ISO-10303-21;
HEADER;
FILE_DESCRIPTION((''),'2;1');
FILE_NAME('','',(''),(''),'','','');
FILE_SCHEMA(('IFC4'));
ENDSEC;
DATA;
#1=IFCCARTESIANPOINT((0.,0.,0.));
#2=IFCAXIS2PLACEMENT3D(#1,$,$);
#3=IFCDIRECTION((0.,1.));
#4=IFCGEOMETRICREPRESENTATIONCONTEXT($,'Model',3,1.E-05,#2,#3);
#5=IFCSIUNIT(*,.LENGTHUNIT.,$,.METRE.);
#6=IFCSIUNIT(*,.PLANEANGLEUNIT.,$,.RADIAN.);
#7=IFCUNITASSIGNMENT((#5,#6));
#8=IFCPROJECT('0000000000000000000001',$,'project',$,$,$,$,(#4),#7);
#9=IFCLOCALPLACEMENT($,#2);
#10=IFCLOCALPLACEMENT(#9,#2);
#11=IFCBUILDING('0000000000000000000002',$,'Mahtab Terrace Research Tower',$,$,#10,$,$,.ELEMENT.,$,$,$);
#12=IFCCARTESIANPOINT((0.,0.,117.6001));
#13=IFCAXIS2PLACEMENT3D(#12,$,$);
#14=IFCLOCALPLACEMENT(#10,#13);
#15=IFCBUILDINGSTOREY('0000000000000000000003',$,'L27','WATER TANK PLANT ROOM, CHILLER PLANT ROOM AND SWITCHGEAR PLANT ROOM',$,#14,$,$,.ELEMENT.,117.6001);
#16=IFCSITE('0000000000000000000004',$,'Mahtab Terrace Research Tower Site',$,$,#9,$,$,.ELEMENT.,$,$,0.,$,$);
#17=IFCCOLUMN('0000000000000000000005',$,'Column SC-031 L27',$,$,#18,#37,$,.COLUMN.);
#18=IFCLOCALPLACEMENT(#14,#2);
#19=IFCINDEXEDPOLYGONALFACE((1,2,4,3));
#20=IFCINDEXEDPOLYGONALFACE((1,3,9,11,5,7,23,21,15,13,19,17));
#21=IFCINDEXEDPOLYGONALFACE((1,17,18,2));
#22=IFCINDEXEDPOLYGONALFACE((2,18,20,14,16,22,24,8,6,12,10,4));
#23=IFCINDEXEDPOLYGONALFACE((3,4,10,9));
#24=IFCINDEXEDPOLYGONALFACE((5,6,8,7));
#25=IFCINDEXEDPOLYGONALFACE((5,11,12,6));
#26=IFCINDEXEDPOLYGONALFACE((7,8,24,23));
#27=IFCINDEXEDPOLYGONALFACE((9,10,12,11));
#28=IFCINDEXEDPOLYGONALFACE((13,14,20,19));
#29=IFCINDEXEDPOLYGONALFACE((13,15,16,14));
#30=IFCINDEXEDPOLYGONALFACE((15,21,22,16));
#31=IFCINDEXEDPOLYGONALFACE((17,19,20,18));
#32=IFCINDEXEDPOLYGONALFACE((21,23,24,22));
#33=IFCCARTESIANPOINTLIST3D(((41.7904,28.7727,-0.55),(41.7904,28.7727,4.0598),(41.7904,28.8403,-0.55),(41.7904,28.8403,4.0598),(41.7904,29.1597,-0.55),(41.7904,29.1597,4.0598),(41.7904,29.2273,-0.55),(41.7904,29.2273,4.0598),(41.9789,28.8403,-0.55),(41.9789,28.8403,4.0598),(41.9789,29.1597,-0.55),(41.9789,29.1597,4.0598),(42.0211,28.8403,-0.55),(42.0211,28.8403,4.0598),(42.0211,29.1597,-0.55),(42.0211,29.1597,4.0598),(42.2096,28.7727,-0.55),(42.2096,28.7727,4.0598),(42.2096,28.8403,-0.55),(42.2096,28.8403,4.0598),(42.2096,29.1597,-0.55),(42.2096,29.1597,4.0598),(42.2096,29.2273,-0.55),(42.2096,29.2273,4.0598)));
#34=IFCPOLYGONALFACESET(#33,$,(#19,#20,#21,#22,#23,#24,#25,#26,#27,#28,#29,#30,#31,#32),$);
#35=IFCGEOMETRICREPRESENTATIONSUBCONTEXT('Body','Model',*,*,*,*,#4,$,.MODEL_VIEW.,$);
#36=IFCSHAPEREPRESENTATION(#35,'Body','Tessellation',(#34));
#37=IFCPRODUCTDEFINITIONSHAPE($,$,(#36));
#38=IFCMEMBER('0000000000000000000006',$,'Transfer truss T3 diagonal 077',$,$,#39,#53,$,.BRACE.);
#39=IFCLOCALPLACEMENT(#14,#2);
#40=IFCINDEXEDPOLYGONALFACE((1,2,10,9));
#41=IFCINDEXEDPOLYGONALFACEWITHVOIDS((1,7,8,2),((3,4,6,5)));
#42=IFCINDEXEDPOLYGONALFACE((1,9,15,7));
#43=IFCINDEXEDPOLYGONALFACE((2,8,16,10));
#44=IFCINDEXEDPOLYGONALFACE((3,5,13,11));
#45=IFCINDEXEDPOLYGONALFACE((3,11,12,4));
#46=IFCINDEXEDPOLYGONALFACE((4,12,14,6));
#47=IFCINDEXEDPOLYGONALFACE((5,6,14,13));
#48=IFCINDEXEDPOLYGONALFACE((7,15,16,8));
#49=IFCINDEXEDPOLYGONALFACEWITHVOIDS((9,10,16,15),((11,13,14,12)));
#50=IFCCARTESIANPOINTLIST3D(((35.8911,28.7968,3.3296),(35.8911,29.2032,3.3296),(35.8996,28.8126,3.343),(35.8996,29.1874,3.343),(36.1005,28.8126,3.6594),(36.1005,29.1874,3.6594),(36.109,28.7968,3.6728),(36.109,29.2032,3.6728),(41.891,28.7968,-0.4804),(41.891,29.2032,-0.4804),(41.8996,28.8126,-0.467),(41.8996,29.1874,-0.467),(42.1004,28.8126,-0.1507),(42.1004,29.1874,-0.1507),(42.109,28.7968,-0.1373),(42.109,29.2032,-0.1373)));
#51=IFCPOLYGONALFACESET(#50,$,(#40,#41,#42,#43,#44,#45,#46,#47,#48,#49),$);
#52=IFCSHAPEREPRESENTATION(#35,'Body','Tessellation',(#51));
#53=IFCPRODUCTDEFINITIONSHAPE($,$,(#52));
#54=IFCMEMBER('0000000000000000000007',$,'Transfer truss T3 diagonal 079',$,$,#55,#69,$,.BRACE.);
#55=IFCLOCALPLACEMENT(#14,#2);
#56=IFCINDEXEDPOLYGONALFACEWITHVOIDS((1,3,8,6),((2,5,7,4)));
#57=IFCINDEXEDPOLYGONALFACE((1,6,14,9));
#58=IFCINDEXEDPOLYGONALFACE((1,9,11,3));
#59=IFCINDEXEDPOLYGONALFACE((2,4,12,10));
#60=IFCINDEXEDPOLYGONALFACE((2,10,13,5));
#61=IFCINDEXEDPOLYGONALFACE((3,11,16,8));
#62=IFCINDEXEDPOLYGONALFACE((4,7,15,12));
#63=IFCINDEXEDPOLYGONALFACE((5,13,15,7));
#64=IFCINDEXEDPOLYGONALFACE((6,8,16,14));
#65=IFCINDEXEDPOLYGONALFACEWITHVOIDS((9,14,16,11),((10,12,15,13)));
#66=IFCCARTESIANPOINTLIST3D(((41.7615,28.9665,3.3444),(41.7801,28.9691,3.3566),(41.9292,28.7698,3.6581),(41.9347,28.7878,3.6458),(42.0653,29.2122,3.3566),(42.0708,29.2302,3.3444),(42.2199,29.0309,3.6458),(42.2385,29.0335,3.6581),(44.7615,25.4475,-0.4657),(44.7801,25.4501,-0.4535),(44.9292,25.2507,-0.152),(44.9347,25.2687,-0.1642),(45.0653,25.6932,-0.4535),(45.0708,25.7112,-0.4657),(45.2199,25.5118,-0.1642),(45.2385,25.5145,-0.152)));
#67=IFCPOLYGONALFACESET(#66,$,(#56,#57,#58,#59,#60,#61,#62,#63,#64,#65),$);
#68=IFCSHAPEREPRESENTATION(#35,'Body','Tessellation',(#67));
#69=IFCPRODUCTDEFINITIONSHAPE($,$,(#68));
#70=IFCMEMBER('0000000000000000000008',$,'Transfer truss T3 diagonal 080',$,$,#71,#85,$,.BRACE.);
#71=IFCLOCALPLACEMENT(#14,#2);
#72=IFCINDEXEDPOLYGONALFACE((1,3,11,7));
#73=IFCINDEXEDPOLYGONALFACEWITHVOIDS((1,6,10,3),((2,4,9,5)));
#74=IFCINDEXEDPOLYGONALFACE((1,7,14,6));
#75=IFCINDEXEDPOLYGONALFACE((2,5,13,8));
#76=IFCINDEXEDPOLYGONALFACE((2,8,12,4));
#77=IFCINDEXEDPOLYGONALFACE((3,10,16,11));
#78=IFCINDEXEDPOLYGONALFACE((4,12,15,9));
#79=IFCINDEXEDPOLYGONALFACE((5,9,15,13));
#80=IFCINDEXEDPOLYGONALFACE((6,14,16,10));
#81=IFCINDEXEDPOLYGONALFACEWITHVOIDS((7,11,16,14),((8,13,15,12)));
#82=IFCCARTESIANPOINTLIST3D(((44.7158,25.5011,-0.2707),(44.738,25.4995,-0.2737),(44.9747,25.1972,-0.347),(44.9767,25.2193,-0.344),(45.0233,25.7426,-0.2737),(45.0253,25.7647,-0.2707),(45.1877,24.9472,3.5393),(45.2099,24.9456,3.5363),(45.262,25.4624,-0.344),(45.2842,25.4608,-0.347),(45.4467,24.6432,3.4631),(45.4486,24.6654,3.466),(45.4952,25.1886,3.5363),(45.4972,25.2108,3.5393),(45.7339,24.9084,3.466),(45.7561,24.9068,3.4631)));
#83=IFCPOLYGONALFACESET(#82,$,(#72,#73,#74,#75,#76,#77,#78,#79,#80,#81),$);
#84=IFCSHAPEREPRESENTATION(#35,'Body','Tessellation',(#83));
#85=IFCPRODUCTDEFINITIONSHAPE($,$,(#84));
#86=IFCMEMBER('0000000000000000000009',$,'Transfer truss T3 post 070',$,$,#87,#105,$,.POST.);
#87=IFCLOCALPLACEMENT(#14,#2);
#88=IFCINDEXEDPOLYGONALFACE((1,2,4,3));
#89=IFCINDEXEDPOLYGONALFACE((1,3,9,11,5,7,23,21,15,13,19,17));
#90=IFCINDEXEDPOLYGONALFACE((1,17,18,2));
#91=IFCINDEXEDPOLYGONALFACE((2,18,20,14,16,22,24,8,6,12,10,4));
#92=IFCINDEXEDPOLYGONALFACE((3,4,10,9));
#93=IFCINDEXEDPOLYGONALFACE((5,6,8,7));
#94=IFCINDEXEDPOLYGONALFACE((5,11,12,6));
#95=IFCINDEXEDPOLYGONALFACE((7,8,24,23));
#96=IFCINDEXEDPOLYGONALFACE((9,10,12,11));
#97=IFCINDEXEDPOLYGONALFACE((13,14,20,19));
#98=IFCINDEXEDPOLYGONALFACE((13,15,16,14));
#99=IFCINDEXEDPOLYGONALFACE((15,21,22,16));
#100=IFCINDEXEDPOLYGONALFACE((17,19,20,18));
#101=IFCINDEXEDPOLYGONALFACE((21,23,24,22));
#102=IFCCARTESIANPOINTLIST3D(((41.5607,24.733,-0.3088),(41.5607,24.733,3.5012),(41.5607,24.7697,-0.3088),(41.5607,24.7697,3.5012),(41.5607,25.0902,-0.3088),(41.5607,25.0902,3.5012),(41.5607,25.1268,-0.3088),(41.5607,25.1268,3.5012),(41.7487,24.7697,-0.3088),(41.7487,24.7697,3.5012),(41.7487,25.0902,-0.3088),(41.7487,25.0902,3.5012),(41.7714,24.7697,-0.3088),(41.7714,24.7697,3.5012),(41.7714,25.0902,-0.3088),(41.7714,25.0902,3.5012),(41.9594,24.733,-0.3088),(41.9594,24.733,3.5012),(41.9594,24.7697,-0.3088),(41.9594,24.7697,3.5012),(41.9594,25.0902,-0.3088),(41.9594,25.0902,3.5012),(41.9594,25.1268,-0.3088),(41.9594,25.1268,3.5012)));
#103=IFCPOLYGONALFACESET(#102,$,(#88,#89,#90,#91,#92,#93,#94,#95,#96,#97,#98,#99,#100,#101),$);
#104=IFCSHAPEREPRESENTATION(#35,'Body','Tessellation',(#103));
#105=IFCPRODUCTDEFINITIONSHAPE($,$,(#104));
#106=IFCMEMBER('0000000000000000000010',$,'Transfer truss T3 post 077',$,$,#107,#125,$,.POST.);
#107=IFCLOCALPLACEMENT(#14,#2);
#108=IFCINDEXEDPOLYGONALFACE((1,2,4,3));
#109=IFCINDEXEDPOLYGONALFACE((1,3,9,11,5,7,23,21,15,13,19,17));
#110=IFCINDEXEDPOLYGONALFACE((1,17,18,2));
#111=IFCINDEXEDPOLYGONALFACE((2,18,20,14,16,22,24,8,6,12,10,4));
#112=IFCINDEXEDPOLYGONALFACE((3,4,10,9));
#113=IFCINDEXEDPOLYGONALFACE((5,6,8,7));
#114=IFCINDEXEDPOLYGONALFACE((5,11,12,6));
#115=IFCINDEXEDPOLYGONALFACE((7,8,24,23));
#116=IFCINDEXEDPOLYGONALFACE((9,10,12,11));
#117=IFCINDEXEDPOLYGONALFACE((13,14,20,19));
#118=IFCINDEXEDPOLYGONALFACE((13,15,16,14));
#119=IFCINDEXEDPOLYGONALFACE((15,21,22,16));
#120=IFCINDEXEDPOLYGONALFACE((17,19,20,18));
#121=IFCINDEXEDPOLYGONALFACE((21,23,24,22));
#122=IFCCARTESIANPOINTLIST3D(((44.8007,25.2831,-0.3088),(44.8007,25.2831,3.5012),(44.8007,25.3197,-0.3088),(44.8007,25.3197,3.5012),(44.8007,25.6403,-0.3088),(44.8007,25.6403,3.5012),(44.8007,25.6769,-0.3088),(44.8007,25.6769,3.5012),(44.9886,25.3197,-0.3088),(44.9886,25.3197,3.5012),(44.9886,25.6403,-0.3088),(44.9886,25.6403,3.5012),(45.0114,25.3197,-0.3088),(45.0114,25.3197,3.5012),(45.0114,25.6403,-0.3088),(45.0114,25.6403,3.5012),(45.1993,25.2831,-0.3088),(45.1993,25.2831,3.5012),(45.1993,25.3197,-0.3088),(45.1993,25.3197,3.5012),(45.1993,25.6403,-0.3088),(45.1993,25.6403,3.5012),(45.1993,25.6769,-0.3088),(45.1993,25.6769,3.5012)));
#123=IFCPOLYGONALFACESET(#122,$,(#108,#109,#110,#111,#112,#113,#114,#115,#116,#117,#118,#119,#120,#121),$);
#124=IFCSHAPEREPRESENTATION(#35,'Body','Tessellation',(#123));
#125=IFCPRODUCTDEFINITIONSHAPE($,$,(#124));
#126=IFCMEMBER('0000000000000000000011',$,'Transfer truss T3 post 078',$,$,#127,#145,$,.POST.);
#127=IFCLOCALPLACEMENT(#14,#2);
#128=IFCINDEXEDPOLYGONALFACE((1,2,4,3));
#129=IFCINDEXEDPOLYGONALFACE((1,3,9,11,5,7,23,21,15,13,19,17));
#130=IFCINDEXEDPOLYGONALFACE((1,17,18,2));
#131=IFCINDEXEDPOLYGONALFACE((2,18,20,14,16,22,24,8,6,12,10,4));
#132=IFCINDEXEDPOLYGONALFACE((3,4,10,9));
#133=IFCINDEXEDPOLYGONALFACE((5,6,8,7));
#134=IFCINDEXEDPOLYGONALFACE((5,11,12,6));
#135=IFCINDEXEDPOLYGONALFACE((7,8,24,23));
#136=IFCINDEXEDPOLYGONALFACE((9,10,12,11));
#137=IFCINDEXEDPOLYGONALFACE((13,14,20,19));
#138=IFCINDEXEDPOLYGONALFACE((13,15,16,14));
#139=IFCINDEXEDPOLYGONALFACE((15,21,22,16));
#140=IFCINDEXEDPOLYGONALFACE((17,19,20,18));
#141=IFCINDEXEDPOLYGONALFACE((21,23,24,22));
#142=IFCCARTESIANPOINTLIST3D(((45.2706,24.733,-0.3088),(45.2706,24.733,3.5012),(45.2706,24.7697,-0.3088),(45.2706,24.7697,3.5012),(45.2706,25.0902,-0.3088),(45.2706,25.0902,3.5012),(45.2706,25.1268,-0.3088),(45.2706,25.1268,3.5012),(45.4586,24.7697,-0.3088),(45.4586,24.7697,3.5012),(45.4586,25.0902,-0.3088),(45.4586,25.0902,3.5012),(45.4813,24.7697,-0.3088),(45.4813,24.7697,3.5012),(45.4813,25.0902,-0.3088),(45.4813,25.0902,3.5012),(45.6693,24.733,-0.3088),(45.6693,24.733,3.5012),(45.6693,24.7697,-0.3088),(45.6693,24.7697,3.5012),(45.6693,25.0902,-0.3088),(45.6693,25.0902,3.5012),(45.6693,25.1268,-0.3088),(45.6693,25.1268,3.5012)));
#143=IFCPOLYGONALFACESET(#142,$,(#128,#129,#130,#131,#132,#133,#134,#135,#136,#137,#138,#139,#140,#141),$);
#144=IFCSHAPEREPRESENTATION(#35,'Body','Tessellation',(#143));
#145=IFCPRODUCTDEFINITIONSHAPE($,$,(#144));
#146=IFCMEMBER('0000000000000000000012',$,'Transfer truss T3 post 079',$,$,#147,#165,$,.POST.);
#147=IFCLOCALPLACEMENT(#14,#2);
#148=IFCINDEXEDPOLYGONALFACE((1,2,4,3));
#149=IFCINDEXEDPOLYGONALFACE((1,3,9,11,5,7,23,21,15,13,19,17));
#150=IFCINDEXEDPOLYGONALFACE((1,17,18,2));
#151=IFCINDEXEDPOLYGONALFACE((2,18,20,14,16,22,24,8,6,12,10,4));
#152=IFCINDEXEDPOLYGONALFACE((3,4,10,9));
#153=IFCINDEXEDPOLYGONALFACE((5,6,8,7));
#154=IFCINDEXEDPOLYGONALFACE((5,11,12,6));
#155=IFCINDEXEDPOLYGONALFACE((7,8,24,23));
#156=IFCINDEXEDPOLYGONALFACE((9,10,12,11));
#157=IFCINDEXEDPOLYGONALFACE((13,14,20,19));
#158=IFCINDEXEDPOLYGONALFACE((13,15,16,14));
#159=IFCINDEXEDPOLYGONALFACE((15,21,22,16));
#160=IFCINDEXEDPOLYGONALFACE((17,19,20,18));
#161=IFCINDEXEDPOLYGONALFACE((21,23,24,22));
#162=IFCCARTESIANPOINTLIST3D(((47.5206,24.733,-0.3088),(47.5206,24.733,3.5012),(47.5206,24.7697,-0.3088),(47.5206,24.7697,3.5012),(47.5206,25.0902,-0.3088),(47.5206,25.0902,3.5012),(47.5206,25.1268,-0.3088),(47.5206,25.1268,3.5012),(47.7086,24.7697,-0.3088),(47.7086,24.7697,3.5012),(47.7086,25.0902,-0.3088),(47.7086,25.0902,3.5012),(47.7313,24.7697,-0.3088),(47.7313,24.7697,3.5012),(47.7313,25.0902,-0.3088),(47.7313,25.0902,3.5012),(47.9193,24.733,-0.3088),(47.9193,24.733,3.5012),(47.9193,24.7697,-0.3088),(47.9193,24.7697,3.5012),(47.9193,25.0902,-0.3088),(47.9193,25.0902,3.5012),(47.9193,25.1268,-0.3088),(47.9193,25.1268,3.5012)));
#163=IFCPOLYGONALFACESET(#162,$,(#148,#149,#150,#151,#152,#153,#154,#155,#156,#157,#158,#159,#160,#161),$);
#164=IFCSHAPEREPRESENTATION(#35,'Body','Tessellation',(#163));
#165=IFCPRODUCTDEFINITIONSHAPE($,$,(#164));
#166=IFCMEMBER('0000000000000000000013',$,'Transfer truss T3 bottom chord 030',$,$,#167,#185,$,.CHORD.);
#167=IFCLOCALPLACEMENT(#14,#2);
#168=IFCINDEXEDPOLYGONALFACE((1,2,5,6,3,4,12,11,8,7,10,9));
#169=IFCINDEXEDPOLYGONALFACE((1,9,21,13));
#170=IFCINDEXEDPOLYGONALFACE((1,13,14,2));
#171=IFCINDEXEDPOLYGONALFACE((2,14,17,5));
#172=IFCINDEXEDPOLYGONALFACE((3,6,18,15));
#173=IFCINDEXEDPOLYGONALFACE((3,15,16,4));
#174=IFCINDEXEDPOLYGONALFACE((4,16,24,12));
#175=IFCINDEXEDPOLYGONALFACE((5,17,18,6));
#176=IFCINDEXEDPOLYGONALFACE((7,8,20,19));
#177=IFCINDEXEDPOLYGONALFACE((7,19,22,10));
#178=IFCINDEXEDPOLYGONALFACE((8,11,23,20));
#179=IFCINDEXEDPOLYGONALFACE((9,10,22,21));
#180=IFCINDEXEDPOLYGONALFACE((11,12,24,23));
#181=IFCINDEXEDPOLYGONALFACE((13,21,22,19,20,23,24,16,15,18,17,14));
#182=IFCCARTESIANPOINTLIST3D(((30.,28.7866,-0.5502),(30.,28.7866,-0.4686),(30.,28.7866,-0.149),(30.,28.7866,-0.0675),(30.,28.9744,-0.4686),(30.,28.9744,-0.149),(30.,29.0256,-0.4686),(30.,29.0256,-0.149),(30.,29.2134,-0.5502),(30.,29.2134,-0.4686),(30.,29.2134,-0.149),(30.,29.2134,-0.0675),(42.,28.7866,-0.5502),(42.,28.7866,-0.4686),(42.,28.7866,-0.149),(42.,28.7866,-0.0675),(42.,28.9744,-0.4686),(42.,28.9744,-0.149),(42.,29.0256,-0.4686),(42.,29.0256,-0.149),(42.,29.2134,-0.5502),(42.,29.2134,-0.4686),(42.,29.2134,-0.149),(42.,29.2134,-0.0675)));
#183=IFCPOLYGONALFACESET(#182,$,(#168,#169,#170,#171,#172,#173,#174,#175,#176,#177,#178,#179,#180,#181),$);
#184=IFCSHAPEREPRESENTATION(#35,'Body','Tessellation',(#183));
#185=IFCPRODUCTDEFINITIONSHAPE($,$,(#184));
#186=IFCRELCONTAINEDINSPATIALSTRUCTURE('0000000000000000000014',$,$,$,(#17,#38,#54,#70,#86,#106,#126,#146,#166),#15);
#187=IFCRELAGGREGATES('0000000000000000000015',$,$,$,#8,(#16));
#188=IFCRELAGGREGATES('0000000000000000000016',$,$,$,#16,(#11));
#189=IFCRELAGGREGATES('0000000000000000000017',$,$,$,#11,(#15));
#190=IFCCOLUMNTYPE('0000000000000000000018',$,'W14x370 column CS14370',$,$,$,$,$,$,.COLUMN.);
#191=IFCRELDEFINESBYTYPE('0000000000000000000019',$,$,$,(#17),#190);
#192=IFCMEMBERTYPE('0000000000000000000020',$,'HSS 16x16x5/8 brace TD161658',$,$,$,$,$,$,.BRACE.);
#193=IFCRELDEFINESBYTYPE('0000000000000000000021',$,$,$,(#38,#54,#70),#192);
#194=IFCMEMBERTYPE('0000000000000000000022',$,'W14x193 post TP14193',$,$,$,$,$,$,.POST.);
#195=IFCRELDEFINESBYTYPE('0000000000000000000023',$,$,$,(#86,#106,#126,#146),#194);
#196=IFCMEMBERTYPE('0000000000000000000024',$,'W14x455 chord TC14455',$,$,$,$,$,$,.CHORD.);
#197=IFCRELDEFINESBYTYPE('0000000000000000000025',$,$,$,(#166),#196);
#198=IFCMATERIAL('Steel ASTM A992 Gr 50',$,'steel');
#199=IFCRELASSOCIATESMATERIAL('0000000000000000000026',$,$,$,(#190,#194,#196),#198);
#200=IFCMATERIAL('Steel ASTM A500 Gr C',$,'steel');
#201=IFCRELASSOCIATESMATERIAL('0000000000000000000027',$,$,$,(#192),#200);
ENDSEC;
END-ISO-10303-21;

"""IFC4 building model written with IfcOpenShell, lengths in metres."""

from ifc_helpers import new_model, si_unit, direction, frame, origin, origin_2d, place, context, subcontext, project, spatial, hollow_rectangle, i_section, extrude, material, material_profile, profile_set, type_object, element, save


model = new_model("IFC4")

# Units and contexts
model_context = context("Model", 3, precision=1e-05, world=origin(), true_north=direction((0.0, 1.0)))
body_context = subcontext(model_context, "Body", "Model", "MODEL_VIEW")
ifc_project = project(units=[si_unit("LENGTHUNIT", "METRE"), si_unit("PLANEANGLEUNIT", "RADIAN")], contexts=[model_context])

# Site, building, storey
site_placement = place(None, origin())
site = spatial("IfcSite", under=ifc_project, at=site_placement, Name="Mahtab Terrace Research Tower Site", CompositionType="ELEMENT", RefElevation=0.0)
building_placement = place(site_placement, origin())
building = spatial("IfcBuilding", under=site, at=building_placement, Name="Mahtab Terrace Research Tower", CompositionType="ELEMENT")
storey_placement = place(building_placement, frame((0.0, 0.0, 117.6001)))
storey = spatial("IfcBuildingStorey", under=building, at=storey_placement, Name="L27", Description="WATER TANK PLANT ROOM, CHILLER PLANT ROOM AND SWITCHGEAR PLANT ROOM", CompositionType="ELEMENT", Elevation=117.6001)

# Column
ifc_material_1 = material(Name="Steel ASTM A992 Gr 50", Category="steel")
ifc_material_profile_1 = material_profile(ifc_material_1, i_section(OverallWidth=0.4192, OverallDepth=0.4546, WebThickness=0.0422, FlangeThickness=0.0676, at=origin_2d()), Name="W14X370")
ifc_profile_set_1 = profile_set([ifc_material_profile_1], Name="Steel ASTM A992 Gr 50")
column_type = type_object("IfcColumnType", Name="W14x370 column CS14370", PredefinedType="COLUMN", material=ifc_profile_set_1)
column_placement = place(storey_placement, frame((42.0, 29.0, -0.55), z_axis=(0.0, 0.0, 1.0), x_axis=(1.0, 0.0, 0.0)))
element("IfcColumn", 1, at=column_placement, inside=storey, type_object=column_type, Name="Column SC-031 L27", PredefinedType="COLUMN", context=body_context, shape_type="SweptSolid", body=[
    extrude(i_section(OverallWidth=0.4192, OverallDepth=0.4546, WebThickness=0.0422, FlangeThickness=0.0676, at=origin_2d()), origin(), (0.0, 0.0, 1.0), 4.6099),
])

# Members
ifc_material_2 = material(Name="Steel ASTM A500 Gr C", Category="steel")
ifc_material_profile_2 = material_profile(ifc_material_2, hollow_rectangle(XDim=0.4065, YDim=0.4065, WallThickness=0.0159, at=origin_2d()), Name="HSS16X16X5/8")
ifc_profile_set_2 = profile_set([ifc_material_profile_2], Name="Steel ASTM A500 Gr C")
member_type_1 = type_object("IfcMemberType", Name="HSS 16x16x5/8 brace TD161658", PredefinedType="BRACE", material=ifc_profile_set_2)
member_1_placement = place(storey_placement, frame((42.0, 29.0, -0.3088), z_axis=(-0.844179, 0.0, 0.536062), x_axis=(0.0, -1.0, 0.0)))
element("IfcMember", 2, at=member_1_placement, inside=storey, type_object=member_type_1, Name="Transfer truss T3 diagonal 077", PredefinedType="BRACE", context=body_context, shape_type="SweptSolid", body=[
    extrude(hollow_rectangle(XDim=0.4065, YDim=0.4065, WallThickness=0.0159, at=origin_2d()), origin(), (0.0, 0.0, 1.0), 7.1074),
])
member_2_placement = place(storey_placement, frame((45.0, 25.481, -0.3088), z_axis=(-0.500694, 0.587322, 0.635892), x_axis=(-0.760998, -0.648754, 0.0)))
element("IfcMember", 3, at=member_2_placement, inside=storey, type_object=member_type_1, Name="Transfer truss T3 diagonal 079", PredefinedType="BRACE", context=body_context, shape_type="SweptSolid", body=[
    extrude(hollow_rectangle(XDim=0.4065, YDim=0.4065, WallThickness=0.0159, at=origin_2d()), origin(), (0.0, 0.0, 1.0), 5.9917),
])
member_3_placement = place(storey_placement, frame((45.0, 25.481, -0.3088), z_axis=(0.121663, -0.142811, 0.982244), x_axis=(0.761219, 0.648495, 0.0)))
element("IfcMember", 4, at=member_3_placement, inside=storey, type_object=member_type_1, Name="Transfer truss T3 diagonal 080", PredefinedType="BRACE", context=body_context, shape_type="SweptSolid", body=[
    extrude(hollow_rectangle(XDim=0.4065, YDim=0.4065, WallThickness=0.0159, at=origin_2d()), origin(), (0.0, 0.0, 1.0), 3.8789),
])
ifc_material_profile_3 = material_profile(ifc_material_1, i_section(OverallWidth=0.3987, OverallDepth=0.3938, WebThickness=0.0227, FlangeThickness=0.0366, at=origin_2d()), Name="W14X193")
ifc_profile_set_3 = profile_set([ifc_material_profile_3], Name="Steel ASTM A992 Gr 50")
member_type_2 = type_object("IfcMemberType", Name="W14x193 post TP14193", PredefinedType="POST", material=ifc_profile_set_3)
for number, where, z_axis, x_axis, name in (
    (5, (41.76, 24.9299, -0.3088), (0.0, 0.0, 1.0), (1.0, 0.0, 0.0), "Transfer truss T3 post 070"),
    (6, (45.0, 25.48, -0.3088), (0.0, 0.0, 1.0), (1.0, 0.0, 0.0), "Transfer truss T3 post 077"),
    (7, (45.47, 24.9299, -0.3088), (0.0, 0.0, 1.0), (1.0, 0.0, 0.0), "Transfer truss T3 post 078"),
    (8, (47.72, 24.9299, -0.3088), (0.0, 0.0, 1.0), (1.0, 0.0, 0.0), "Transfer truss T3 post 079"),
):
    element("IfcMember", number, at=place(storey_placement, frame(where, z_axis=z_axis, x_axis=x_axis)), inside=storey, type_object=member_type_2, Name=name, PredefinedType="POST", context=body_context, shape_type="SweptSolid", body=[
        extrude(i_section(OverallWidth=0.3987, OverallDepth=0.3938, WebThickness=0.0227, FlangeThickness=0.0366, at=origin_2d()), origin(), (0.0, 0.0, 1.0), 3.8101),
    ])
ifc_material_profile_4 = material_profile(ifc_material_1, i_section(OverallWidth=0.4268, OverallDepth=0.4827, WebThickness=0.0513, FlangeThickness=0.0815, at=origin_2d()), Name="W14X455")
ifc_profile_set_4 = profile_set([ifc_material_profile_4], Name="Steel ASTM A992 Gr 50")
member_type_3 = type_object("IfcMemberType", Name="W14x455 chord TC14455", PredefinedType="CHORD", material=ifc_profile_set_4)
member_4_placement = place(storey_placement, frame((42.0, 29.0, -0.3088), z_axis=(-1.0, 0.0, 0.0), x_axis=(0.0, -1.0, 0.0)))
element("IfcMember", 9, at=member_4_placement, inside=storey, type_object=member_type_3, Name="Transfer truss T3 bottom chord 030", PredefinedType="CHORD", context=body_context, shape_type="SweptSolid", body=[
    extrude(i_section(OverallWidth=0.4268, OverallDepth=0.4827, WebThickness=0.0513, FlangeThickness=0.0815, at=origin_2d()), origin(), (0.0, 0.0, 1.0), 12.0),
])

save(model, "model.ifc")
